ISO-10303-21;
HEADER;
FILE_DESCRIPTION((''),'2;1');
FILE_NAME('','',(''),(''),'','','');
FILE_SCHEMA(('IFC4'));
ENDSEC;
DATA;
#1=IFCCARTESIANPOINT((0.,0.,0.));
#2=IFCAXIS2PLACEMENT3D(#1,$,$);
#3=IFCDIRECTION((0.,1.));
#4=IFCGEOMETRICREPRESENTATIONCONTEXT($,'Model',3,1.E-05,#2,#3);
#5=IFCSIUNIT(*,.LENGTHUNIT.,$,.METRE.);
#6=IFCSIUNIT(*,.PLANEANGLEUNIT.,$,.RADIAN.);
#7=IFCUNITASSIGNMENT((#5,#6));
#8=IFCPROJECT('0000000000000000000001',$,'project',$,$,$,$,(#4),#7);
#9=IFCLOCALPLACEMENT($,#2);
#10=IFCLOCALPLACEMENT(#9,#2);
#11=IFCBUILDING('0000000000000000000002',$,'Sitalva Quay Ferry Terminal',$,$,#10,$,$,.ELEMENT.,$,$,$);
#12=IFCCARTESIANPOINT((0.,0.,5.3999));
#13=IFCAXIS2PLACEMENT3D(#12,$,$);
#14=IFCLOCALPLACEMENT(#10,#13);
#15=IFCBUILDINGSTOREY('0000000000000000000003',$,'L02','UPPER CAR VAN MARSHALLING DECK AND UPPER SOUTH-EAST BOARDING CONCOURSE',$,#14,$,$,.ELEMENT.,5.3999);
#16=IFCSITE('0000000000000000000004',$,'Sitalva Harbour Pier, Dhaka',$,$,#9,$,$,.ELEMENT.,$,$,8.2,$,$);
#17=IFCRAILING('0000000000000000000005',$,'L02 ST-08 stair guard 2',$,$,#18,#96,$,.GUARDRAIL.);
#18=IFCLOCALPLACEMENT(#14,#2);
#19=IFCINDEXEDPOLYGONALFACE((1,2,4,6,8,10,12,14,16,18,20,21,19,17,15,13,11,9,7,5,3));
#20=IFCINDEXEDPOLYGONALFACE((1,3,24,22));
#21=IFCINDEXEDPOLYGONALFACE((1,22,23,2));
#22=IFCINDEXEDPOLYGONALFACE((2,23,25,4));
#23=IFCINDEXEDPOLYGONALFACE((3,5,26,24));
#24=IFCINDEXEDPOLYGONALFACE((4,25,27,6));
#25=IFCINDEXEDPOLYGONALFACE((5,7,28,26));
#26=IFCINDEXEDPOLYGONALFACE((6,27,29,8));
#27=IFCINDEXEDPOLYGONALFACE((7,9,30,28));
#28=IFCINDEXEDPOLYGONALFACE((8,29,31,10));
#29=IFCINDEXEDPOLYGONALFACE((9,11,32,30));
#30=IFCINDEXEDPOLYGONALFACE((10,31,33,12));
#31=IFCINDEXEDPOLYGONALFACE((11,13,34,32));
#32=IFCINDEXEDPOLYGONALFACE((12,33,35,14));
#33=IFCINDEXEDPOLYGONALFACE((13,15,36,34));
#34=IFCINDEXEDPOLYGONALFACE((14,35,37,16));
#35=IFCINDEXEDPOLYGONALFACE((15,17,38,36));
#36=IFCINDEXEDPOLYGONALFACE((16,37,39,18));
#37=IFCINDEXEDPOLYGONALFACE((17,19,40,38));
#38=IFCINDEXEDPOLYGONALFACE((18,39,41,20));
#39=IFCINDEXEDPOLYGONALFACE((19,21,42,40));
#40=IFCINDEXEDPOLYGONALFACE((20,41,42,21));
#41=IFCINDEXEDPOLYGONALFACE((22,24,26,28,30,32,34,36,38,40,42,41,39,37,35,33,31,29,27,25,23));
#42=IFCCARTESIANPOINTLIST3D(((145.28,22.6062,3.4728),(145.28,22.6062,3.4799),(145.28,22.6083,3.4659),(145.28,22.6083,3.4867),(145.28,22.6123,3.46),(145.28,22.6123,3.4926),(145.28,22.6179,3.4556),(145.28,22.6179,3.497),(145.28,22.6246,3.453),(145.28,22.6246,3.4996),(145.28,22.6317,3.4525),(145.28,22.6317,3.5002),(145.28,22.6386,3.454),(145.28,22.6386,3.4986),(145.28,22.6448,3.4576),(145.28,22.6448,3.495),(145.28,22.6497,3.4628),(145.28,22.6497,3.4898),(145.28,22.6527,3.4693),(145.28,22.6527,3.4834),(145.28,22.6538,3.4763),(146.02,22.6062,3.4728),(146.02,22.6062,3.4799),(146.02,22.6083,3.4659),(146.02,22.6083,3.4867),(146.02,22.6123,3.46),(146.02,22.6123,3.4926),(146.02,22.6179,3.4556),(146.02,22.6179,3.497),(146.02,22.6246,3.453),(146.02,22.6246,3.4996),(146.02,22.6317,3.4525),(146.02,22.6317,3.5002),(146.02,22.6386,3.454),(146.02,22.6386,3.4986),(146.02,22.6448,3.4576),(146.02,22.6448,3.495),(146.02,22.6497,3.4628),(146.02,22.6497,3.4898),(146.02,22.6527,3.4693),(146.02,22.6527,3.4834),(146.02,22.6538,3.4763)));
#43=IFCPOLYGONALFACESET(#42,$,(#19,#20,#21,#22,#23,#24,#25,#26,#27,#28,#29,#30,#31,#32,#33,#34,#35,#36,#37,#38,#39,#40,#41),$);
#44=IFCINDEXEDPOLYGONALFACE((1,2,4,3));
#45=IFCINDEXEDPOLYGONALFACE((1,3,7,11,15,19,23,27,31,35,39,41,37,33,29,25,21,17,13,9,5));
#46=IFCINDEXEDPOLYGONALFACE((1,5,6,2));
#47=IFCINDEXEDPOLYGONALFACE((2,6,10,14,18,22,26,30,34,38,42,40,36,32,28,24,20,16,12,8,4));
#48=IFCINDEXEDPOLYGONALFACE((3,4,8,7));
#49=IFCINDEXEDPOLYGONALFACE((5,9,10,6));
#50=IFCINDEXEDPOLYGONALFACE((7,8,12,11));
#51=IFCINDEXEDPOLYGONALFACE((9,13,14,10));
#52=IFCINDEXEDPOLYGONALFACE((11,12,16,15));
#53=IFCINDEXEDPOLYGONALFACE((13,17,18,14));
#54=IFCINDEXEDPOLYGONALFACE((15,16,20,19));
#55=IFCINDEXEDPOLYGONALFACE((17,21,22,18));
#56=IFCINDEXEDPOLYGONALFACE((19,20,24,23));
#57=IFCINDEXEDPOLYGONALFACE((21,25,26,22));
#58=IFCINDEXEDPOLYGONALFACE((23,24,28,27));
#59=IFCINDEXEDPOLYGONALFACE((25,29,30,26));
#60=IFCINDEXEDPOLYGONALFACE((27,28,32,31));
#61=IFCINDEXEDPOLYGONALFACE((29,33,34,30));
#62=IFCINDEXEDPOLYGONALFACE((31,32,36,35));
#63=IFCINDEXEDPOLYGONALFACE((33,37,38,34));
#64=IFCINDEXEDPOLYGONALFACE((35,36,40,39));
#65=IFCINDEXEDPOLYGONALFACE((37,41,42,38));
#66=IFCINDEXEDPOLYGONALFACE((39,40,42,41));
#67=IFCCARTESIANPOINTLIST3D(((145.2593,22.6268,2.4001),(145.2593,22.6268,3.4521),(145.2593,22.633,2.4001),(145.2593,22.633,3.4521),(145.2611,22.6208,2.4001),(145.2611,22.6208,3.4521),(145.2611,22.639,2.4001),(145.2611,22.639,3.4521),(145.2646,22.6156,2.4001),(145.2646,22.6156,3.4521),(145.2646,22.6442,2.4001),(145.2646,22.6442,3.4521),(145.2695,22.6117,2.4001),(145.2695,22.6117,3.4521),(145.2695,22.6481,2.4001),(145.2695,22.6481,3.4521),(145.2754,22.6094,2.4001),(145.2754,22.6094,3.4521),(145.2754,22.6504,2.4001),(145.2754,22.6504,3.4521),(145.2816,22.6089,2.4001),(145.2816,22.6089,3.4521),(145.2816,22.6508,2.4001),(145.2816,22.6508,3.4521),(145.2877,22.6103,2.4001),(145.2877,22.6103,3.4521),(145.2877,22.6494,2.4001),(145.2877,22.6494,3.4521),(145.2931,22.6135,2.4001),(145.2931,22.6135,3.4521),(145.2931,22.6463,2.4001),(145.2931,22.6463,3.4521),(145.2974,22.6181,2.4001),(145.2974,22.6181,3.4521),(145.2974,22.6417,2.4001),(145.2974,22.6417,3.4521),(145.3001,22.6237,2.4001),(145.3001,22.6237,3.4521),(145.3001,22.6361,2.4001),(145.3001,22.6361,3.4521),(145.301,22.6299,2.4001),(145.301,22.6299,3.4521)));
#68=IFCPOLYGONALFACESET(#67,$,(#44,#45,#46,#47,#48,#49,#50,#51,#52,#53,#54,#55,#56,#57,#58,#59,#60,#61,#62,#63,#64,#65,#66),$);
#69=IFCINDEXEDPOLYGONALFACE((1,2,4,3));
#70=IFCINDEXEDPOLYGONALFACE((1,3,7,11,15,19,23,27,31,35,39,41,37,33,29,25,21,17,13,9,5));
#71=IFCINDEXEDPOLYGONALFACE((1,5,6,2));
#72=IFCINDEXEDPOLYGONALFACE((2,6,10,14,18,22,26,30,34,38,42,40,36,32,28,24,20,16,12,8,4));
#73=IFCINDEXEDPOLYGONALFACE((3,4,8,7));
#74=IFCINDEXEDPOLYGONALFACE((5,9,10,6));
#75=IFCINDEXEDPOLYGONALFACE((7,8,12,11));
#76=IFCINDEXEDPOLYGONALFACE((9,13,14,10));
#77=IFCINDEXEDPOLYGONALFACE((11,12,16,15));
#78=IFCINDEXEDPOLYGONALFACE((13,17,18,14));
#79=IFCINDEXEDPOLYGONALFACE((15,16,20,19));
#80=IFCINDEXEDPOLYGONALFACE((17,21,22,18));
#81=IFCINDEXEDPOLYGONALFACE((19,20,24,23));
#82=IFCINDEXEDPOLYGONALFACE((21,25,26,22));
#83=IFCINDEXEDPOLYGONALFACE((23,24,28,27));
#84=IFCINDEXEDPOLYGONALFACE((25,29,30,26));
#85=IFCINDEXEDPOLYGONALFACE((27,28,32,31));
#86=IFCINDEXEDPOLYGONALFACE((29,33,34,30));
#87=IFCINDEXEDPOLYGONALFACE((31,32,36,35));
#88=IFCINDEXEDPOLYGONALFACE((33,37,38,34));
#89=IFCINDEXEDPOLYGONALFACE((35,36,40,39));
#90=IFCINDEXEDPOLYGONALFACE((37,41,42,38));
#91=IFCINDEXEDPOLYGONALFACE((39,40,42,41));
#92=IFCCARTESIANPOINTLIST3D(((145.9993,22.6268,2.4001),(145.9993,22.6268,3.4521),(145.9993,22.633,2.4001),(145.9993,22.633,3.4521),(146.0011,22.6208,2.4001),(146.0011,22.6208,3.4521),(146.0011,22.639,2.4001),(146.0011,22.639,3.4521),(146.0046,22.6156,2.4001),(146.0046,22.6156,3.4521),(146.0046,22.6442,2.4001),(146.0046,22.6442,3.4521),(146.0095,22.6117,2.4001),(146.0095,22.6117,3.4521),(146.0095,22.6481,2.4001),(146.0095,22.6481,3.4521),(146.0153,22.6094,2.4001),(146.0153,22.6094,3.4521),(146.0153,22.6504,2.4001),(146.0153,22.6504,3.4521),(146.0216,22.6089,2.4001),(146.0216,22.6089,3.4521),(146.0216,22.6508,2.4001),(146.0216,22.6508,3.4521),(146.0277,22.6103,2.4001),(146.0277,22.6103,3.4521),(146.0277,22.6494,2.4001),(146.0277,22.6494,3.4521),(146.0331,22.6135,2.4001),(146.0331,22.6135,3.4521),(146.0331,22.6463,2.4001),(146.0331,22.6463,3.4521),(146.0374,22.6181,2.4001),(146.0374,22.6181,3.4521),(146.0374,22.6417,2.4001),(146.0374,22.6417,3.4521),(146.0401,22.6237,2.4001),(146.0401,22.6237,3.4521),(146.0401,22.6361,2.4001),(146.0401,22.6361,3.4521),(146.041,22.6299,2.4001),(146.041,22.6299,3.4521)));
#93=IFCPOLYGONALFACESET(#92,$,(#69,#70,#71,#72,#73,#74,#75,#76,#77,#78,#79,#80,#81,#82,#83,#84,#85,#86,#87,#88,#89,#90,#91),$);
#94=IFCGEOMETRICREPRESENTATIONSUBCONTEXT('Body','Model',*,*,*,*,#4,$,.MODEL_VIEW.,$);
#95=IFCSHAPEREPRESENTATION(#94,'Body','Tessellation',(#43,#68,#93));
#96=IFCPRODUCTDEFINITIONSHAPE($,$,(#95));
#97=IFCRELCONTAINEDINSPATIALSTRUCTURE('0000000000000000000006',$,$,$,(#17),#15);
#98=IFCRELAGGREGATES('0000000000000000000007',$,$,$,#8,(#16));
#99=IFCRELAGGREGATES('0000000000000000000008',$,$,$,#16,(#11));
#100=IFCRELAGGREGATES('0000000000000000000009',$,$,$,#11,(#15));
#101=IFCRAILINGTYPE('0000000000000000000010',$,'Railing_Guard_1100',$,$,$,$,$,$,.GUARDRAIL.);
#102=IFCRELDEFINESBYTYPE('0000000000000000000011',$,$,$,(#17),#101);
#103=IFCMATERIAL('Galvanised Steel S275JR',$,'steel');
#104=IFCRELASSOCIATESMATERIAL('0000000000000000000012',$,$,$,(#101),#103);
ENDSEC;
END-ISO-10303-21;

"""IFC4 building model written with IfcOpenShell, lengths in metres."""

from ifc_helpers import new_model, si_unit, direction, frame, origin, origin_2d, place, context, subcontext, project, spatial, circle, extrude, material, type_object, element, save


model = new_model("IFC4")

# Units and contexts
model_context = context("Model", 3, precision=1e-05, world=origin(), true_north=direction((0.0, 1.0)))
body_context = subcontext(model_context, "Body", "Model", "MODEL_VIEW")
ifc_project = project(units=[si_unit("LENGTHUNIT", "METRE"), si_unit("PLANEANGLEUNIT", "RADIAN")], contexts=[model_context])

# Site, building, storey
site_placement = place(None, origin())
site = spatial("IfcSite", under=ifc_project, at=site_placement, Name="Sitalva Harbour Pier, Dhaka", CompositionType="ELEMENT", RefElevation=8.2)
building_placement = place(site_placement, origin())
building = spatial("IfcBuilding", under=site, at=building_placement, Name="Sitalva Quay Ferry Terminal", CompositionType="ELEMENT")
storey_placement = place(building_placement, frame((0.0, 0.0, 5.3999)))
storey = spatial("IfcBuildingStorey", under=building, at=storey_placement, Name="L02", Description="UPPER CAR VAN MARSHALLING DECK AND UPPER SOUTH-EAST BOARDING CONCOURSE", CompositionType="ELEMENT", Elevation=5.3999)

# Railing
ifc_material_1 = material(Name="Galvanised Steel S275JR", Category="steel")
railing_type_1 = type_object("IfcRailingType", Name="Railing_Guard_1100", PredefinedType="GUARDRAIL", material=ifc_material_1)
railing_1_placement = place(storey_placement, frame((145.28, 22.6299, 2.4001)))
element("IfcRailing", 1, at=railing_1_placement, inside=storey, type_object=railing_type_1, Name="L02 ST-08 stair guard 2", PredefinedType="GUARDRAIL", context=body_context, shape_type="SweptSolid", body=[
    extrude(circle(Radius=0.0239, at=origin_2d()), frame((0.0, 0.0, 1.0762), z_axis=(1.0, 0.0, 0.0), x_axis=(0.0, 1.0, 0.0)), (0.0, 0.0, 1.0), 0.74),
    extrude(circle(Radius=0.021, at=origin_2d()), origin(), (0.0, 0.0, 1.0), 1.052),
    extrude(circle(Radius=0.021, at=origin_2d()), frame((0.74, 0.0, 0.0)), (0.0, 0.0, 1.0), 1.052),
])

save(model, "model.ifc")
